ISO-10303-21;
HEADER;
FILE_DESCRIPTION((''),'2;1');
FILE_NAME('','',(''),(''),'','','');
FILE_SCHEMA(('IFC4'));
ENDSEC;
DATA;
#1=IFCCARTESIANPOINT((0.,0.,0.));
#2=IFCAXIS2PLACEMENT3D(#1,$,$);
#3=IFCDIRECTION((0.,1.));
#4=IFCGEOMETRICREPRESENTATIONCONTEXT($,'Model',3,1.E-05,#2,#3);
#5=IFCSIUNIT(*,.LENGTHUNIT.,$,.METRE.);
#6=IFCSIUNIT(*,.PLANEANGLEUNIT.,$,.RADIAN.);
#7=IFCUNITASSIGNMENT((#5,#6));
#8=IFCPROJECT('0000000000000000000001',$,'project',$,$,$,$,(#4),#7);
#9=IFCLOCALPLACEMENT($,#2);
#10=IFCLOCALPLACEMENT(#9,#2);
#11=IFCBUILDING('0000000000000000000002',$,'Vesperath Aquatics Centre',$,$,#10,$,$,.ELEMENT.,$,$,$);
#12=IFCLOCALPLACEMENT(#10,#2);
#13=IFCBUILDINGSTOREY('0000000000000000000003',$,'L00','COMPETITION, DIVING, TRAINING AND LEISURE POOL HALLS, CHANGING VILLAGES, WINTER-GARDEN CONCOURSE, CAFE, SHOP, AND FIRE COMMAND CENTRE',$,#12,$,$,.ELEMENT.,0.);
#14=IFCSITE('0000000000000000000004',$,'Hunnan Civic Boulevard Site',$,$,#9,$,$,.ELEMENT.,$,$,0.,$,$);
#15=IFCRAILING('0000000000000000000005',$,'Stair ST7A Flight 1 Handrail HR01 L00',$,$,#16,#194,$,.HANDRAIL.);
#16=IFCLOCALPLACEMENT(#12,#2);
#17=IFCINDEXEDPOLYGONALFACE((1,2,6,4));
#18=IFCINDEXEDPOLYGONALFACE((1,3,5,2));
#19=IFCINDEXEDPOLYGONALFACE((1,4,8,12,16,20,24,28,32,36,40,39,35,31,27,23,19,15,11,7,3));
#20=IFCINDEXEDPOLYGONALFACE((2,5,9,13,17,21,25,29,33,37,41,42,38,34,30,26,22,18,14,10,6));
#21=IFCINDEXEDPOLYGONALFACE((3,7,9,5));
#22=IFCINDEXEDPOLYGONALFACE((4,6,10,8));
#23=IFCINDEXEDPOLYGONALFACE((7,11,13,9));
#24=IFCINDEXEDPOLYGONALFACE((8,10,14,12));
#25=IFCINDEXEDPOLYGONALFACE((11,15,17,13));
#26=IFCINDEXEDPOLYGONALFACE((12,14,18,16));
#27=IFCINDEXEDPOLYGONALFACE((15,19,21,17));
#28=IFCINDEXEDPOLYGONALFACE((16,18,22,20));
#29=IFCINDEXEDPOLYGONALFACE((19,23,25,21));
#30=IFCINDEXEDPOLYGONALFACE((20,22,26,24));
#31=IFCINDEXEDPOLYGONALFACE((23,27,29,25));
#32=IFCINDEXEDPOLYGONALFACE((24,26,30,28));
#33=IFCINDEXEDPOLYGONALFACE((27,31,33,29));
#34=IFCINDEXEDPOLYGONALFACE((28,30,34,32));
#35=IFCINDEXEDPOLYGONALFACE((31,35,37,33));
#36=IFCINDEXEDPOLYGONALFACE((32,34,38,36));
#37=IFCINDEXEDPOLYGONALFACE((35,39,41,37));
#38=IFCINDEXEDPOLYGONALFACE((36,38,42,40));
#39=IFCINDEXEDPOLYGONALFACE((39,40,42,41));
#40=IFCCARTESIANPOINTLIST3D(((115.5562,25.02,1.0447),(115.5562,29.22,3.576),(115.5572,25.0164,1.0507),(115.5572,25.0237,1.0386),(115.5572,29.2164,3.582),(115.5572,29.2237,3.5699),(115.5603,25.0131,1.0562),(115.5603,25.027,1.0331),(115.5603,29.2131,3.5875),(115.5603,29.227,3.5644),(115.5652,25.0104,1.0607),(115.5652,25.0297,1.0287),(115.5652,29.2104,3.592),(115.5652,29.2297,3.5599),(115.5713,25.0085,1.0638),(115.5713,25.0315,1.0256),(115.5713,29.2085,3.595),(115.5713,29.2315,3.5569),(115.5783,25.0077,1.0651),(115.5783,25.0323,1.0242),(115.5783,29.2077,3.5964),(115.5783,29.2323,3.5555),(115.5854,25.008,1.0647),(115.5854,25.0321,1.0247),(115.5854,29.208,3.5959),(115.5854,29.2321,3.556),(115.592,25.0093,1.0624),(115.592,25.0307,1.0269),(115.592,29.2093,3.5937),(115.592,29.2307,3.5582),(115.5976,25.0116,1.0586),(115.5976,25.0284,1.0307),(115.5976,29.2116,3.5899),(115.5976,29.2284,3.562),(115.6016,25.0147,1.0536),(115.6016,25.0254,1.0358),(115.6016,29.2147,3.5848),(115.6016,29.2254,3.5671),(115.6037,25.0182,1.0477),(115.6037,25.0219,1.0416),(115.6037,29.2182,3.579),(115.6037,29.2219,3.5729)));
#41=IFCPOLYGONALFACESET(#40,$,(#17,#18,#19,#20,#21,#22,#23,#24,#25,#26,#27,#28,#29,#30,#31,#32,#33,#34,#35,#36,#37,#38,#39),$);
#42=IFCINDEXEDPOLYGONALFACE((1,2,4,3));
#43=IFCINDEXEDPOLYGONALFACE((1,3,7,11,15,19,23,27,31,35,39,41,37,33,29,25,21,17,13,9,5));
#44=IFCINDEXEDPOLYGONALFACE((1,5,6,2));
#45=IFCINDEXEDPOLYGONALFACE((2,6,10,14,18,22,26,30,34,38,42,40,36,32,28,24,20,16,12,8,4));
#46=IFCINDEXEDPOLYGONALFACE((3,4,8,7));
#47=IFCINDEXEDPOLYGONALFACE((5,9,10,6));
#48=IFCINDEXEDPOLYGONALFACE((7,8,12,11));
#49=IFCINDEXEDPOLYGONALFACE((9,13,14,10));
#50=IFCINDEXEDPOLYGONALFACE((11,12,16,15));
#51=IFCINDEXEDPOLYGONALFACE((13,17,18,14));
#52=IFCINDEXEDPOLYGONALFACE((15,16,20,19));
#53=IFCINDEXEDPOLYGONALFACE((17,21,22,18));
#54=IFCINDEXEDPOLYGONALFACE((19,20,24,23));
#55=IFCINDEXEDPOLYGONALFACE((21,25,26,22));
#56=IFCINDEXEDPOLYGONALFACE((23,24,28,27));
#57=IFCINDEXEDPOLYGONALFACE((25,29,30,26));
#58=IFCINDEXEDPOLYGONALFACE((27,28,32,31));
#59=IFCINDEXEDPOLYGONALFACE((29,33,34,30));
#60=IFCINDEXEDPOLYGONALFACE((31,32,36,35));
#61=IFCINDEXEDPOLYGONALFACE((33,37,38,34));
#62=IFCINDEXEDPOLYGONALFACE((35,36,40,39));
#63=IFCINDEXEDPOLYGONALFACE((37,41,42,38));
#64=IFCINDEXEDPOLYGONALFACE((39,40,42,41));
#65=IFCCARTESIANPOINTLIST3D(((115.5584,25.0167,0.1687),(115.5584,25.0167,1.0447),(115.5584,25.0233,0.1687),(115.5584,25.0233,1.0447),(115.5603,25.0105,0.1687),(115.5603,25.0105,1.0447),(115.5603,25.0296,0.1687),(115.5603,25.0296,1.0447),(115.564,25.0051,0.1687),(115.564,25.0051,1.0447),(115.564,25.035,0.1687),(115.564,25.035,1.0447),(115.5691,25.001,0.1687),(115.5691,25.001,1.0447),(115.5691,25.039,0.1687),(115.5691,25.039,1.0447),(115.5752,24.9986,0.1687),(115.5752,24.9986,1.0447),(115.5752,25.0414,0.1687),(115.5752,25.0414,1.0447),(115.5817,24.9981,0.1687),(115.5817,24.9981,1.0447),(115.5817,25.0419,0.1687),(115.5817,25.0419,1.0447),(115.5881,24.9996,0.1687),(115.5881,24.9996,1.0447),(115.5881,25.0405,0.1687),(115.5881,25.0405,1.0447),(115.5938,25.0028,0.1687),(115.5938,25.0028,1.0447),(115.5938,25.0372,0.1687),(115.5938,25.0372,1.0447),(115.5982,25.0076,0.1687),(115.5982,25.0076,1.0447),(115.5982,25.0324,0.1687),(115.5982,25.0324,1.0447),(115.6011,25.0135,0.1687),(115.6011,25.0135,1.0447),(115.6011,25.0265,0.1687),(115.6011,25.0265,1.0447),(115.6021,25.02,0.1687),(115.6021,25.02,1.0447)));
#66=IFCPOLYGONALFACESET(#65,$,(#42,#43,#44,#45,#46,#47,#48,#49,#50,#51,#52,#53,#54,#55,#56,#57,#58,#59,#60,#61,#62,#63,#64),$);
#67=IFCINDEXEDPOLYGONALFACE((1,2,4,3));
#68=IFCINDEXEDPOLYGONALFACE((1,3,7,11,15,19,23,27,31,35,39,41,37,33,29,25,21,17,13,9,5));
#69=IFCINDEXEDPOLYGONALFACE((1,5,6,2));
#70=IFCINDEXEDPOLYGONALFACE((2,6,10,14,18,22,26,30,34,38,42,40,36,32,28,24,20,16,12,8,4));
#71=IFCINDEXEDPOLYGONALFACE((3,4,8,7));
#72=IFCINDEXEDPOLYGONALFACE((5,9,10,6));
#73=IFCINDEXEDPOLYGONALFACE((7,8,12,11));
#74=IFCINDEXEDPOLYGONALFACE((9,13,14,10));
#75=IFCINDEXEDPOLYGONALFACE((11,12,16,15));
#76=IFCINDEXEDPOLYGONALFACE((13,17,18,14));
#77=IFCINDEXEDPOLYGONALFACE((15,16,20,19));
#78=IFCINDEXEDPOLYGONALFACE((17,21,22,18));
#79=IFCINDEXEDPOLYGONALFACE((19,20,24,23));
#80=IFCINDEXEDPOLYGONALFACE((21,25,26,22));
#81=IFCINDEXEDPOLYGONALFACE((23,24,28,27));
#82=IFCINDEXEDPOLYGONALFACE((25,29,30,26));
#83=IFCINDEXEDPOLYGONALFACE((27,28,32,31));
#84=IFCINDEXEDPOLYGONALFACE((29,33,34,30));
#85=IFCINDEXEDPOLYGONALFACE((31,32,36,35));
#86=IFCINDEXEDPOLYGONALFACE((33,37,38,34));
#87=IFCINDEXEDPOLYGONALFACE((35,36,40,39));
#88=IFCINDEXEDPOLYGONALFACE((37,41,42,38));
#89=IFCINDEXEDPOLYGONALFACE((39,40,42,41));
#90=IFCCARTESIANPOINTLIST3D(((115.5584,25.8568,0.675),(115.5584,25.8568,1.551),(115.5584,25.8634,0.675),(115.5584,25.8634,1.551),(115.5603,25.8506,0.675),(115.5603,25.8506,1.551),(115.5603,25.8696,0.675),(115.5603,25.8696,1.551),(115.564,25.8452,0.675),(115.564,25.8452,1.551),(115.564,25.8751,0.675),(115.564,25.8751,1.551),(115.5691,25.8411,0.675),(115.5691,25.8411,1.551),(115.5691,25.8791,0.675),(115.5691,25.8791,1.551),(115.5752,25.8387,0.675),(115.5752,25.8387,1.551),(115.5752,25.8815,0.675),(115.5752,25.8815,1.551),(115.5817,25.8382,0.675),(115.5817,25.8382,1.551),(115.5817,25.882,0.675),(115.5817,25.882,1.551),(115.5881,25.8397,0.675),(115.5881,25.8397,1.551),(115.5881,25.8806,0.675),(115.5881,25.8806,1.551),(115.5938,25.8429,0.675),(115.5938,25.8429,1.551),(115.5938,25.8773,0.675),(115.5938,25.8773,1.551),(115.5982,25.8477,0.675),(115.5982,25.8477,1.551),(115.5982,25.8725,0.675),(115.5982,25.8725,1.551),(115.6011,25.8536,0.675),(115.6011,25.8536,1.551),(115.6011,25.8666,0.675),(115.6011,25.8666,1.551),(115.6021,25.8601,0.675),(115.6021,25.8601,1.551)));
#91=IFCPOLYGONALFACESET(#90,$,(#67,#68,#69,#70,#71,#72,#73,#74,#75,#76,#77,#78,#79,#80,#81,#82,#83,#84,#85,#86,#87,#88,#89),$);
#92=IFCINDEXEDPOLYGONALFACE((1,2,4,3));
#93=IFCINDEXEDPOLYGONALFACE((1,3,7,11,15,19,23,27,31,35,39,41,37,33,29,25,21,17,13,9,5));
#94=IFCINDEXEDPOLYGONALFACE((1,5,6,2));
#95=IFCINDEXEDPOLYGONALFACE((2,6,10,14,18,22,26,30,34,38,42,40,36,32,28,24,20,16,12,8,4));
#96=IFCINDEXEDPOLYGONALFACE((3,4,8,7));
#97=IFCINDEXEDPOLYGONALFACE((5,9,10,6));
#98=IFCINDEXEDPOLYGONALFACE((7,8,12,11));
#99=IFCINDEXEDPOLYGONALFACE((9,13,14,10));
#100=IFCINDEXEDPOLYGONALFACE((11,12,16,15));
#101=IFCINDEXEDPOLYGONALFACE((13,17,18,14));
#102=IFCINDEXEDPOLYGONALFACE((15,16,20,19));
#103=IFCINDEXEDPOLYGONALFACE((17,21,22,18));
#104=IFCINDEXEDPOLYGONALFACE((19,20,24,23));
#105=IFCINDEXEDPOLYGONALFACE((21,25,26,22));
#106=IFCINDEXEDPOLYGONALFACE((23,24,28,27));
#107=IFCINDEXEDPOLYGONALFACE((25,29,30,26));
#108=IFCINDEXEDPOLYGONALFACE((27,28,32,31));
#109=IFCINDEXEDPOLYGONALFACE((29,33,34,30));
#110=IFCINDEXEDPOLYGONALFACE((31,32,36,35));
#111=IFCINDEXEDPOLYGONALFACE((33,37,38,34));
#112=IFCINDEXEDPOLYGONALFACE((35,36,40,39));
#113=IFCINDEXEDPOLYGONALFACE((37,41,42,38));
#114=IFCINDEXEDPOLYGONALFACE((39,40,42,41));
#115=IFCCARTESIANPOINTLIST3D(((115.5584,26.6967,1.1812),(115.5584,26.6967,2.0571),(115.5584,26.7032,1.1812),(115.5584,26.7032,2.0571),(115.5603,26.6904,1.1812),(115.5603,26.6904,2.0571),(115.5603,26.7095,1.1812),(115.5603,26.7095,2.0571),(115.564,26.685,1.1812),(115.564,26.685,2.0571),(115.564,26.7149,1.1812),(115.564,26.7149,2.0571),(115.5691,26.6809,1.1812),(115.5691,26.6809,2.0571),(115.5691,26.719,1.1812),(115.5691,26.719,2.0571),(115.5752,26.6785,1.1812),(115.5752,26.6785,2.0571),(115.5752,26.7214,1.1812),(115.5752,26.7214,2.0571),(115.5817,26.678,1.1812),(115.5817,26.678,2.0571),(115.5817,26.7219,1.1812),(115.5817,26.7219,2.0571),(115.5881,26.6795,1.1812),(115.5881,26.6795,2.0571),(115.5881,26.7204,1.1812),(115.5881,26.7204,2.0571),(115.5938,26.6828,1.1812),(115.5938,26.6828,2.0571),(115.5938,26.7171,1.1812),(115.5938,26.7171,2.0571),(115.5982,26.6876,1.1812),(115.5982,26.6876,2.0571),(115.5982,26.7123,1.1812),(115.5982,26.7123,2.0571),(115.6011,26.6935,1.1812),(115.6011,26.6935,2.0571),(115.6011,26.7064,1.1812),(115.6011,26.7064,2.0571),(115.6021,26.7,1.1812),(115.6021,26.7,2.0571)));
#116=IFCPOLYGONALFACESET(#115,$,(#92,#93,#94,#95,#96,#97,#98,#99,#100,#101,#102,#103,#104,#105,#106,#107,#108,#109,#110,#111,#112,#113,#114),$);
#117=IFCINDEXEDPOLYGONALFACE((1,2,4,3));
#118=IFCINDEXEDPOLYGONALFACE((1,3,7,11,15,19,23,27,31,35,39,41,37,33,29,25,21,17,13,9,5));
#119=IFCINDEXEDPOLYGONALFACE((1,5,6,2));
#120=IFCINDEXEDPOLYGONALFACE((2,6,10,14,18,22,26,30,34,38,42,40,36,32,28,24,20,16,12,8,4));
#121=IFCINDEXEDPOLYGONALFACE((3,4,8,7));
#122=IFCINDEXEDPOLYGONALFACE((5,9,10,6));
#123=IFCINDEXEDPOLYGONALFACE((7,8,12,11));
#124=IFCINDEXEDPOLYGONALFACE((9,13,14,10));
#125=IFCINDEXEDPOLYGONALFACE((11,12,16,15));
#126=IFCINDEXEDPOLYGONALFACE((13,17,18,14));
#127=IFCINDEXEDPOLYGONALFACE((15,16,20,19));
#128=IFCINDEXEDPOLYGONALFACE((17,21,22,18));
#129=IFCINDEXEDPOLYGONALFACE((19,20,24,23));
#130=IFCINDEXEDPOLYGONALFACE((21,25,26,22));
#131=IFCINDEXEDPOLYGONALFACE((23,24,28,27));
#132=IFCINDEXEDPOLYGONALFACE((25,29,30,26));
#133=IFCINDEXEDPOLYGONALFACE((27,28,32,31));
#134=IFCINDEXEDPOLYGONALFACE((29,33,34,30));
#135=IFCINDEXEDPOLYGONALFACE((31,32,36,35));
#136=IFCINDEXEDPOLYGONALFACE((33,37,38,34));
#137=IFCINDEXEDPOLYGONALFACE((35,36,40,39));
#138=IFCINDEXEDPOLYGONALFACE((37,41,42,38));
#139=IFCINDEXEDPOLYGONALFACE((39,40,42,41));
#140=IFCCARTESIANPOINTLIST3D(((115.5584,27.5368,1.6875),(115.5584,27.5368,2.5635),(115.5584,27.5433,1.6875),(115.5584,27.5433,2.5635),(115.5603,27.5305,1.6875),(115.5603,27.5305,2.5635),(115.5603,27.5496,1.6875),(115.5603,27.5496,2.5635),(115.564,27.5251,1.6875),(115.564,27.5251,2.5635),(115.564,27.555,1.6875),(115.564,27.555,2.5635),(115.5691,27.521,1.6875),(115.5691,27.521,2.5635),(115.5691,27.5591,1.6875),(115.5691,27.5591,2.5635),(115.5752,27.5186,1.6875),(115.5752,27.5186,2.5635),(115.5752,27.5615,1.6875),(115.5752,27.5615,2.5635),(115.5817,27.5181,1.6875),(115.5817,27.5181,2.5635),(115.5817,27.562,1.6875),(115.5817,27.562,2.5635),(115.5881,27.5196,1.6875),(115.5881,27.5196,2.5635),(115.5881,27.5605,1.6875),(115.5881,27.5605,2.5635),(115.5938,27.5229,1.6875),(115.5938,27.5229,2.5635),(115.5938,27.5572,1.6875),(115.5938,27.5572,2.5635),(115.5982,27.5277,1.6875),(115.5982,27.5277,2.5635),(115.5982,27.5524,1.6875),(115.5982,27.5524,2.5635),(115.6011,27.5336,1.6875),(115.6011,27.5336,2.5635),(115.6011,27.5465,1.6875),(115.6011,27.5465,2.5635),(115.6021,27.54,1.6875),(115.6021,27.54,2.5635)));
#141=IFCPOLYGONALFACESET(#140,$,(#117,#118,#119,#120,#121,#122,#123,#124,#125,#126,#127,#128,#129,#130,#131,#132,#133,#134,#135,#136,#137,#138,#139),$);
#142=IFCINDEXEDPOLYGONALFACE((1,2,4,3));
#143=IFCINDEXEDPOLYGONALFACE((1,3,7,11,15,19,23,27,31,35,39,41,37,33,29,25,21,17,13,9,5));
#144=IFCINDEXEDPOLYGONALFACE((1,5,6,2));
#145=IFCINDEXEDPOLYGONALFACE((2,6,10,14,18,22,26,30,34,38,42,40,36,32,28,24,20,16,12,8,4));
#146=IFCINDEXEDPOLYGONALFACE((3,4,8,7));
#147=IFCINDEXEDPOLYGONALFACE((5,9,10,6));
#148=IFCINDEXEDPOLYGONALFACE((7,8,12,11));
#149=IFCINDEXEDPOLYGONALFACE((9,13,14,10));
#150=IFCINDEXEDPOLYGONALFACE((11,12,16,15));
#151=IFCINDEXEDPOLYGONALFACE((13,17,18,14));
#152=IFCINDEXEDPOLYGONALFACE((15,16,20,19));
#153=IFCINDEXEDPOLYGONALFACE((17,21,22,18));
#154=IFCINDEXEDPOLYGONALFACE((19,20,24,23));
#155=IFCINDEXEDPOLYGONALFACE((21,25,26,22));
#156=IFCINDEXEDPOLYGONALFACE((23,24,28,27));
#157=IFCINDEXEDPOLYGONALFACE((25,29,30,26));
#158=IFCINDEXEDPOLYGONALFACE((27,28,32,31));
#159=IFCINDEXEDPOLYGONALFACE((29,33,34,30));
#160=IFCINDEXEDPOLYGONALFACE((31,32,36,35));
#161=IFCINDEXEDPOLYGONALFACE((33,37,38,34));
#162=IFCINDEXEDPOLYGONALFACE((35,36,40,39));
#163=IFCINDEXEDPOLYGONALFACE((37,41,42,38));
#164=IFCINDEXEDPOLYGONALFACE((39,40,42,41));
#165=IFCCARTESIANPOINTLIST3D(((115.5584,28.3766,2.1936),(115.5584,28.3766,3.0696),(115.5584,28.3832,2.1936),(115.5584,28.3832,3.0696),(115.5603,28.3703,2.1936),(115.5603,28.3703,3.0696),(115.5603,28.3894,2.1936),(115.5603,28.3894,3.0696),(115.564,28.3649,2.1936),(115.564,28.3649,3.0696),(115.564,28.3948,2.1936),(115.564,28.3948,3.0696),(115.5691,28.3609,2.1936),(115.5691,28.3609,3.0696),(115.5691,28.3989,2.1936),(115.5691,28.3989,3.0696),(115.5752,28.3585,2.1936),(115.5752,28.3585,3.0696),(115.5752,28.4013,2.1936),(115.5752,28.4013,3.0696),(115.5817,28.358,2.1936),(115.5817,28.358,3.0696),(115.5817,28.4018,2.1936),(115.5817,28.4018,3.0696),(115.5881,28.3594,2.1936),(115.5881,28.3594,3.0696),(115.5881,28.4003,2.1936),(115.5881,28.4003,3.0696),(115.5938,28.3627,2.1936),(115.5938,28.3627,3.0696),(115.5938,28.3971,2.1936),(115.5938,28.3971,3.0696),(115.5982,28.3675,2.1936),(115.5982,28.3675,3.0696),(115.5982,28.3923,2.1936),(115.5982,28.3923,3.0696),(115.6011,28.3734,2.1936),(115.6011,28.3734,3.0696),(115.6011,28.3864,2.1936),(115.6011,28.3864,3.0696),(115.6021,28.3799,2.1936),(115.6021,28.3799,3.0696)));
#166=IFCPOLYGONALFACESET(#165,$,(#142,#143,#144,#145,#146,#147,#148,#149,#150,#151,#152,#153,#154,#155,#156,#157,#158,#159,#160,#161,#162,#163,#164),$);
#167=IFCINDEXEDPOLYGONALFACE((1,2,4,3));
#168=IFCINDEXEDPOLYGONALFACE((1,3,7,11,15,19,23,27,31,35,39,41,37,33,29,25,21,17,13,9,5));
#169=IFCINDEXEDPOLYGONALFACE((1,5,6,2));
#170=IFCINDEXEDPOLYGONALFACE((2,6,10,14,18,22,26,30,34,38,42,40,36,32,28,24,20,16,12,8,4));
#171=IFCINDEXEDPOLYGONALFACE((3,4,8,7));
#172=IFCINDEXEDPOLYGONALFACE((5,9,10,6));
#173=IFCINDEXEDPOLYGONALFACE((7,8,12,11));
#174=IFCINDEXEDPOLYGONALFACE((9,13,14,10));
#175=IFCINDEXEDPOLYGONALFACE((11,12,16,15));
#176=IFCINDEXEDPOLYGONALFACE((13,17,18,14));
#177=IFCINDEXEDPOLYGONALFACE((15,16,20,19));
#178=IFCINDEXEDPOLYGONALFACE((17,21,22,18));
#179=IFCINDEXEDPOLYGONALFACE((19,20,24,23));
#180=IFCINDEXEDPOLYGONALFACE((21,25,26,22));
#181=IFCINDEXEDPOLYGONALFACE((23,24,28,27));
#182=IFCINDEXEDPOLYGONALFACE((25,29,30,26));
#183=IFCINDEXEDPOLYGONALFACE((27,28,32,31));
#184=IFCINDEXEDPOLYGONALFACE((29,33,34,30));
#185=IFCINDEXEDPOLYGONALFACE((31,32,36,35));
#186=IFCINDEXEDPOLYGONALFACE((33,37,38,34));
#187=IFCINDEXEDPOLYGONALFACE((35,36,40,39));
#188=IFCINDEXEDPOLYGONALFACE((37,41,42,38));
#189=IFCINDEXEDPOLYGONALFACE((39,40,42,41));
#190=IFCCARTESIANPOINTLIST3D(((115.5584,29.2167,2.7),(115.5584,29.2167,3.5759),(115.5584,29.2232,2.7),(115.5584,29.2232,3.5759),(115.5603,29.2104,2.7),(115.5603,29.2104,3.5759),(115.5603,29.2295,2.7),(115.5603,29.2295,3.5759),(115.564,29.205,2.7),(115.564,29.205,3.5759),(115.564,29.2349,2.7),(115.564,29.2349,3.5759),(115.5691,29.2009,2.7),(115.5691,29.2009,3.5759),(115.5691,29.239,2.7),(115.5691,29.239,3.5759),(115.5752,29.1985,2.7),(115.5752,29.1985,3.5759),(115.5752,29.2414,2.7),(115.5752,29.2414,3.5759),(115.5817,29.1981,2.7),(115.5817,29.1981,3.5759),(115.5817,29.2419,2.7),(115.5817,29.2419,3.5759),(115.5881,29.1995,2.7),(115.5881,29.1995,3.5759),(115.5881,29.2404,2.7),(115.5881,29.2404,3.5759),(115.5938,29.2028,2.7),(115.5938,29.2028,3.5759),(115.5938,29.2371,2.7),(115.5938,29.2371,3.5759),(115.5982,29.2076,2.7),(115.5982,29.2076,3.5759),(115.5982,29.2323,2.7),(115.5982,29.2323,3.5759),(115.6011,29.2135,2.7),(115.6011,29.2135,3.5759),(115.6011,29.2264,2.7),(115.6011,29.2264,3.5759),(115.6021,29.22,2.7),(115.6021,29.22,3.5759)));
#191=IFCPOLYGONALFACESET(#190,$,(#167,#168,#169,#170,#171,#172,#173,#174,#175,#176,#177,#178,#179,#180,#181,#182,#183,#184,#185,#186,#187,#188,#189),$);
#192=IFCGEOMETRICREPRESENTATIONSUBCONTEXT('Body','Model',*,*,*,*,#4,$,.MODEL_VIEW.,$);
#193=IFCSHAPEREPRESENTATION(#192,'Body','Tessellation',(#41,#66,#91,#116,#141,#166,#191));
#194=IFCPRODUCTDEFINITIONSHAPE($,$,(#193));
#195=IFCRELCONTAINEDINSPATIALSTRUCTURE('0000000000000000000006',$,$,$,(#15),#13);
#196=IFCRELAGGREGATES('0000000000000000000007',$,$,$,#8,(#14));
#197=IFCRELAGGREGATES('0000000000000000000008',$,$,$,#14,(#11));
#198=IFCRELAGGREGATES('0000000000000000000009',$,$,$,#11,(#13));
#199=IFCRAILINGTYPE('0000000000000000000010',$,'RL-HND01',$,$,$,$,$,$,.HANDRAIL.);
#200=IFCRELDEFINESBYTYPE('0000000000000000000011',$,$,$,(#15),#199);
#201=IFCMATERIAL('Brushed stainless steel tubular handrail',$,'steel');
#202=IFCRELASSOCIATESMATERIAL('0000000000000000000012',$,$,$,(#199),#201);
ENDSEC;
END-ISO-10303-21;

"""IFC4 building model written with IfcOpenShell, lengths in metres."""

from ifc_helpers import new_model, si_unit, direction, frame, origin, origin_2d, place, context, subcontext, project, spatial, circle, extrude, material, type_object, element, save


model = new_model("IFC4")

# Units and contexts
model_context = context("Model", 3, precision=1e-05, world=origin(), true_north=direction((0.0, 1.0)))
body_context = subcontext(model_context, "Body", "Model", "MODEL_VIEW")
ifc_project = project(units=[si_unit("LENGTHUNIT", "METRE"), si_unit("PLANEANGLEUNIT", "RADIAN")], contexts=[model_context])

# Site, building, storey
site_placement = place(None, origin())
site = spatial("IfcSite", under=ifc_project, at=site_placement, Name="Hunnan Civic Boulevard Site", CompositionType="ELEMENT", RefElevation=0.0)
building_placement = place(site_placement, origin())
building = spatial("IfcBuilding", under=site, at=building_placement, Name="Vesperath Aquatics Centre", CompositionType="ELEMENT")
storey_placement = place(building_placement, origin())
storey = spatial("IfcBuildingStorey", under=building, at=storey_placement, Name="L00", Description="COMPETITION, DIVING, TRAINING AND LEISURE POOL HALLS, CHANGING VILLAGES, WINTER-GARDEN CONCOURSE, CAFE, SHOP, AND FIRE COMMAND CENTRE", CompositionType="ELEMENT", Elevation=0.0)

# Railing
ifc_material_1 = material(Name="Brushed stainless steel tubular handrail", Category="steel")
railing_type_1 = type_object("IfcRailingType", Name="RL-HND01", PredefinedType="HANDRAIL", material=ifc_material_1)
railing_1_placement = place(storey_placement, frame((115.5801, 25.02, 0.1687)))
element("IfcRailing", 1, at=railing_1_placement, inside=storey, type_object=railing_type_1, Name="Stair ST7A Flight 1 Handrail HR01 L00", PredefinedType="HANDRAIL", context=body_context, shape_type="SweptSolid", body=[
    extrude(circle(Radius=0.0239, at=origin_2d()), frame((0.0, 0.0, 0.876), z_axis=(0.0, 0.856476, 0.516186), x_axis=(-1.0, 0.0, 0.0)), (0.0, 0.0, 1.0), 4.9038),
    extrude(circle(Radius=0.022, at=origin_2d()), origin(), (0.0, 0.0, 1.0), 0.876),
    extrude(circle(Radius=0.022, at=origin_2d()), frame((0.0, 0.8401, 0.5063)), (0.0, 0.0, 1.0), 0.876),
    extrude(circle(Radius=0.022, at=origin_2d()), frame((0.0, 1.6799, 1.0125)), (0.0, 0.0, 1.0), 0.876),
    extrude(circle(Radius=0.022, at=origin_2d()), frame((0.0, 2.52, 1.5188)), (0.0, 0.0, 1.0), 0.876),
    extrude(circle(Radius=0.022, at=origin_2d()), frame((0.0, 3.3599, 2.0249)), (0.0, 0.0, 1.0), 0.876),
    extrude(circle(Radius=0.022, at=origin_2d()), frame((0.0, 4.2, 2.5312)), (0.0, 0.0, 1.0), 0.876),
])

save(model, "model.ifc")
